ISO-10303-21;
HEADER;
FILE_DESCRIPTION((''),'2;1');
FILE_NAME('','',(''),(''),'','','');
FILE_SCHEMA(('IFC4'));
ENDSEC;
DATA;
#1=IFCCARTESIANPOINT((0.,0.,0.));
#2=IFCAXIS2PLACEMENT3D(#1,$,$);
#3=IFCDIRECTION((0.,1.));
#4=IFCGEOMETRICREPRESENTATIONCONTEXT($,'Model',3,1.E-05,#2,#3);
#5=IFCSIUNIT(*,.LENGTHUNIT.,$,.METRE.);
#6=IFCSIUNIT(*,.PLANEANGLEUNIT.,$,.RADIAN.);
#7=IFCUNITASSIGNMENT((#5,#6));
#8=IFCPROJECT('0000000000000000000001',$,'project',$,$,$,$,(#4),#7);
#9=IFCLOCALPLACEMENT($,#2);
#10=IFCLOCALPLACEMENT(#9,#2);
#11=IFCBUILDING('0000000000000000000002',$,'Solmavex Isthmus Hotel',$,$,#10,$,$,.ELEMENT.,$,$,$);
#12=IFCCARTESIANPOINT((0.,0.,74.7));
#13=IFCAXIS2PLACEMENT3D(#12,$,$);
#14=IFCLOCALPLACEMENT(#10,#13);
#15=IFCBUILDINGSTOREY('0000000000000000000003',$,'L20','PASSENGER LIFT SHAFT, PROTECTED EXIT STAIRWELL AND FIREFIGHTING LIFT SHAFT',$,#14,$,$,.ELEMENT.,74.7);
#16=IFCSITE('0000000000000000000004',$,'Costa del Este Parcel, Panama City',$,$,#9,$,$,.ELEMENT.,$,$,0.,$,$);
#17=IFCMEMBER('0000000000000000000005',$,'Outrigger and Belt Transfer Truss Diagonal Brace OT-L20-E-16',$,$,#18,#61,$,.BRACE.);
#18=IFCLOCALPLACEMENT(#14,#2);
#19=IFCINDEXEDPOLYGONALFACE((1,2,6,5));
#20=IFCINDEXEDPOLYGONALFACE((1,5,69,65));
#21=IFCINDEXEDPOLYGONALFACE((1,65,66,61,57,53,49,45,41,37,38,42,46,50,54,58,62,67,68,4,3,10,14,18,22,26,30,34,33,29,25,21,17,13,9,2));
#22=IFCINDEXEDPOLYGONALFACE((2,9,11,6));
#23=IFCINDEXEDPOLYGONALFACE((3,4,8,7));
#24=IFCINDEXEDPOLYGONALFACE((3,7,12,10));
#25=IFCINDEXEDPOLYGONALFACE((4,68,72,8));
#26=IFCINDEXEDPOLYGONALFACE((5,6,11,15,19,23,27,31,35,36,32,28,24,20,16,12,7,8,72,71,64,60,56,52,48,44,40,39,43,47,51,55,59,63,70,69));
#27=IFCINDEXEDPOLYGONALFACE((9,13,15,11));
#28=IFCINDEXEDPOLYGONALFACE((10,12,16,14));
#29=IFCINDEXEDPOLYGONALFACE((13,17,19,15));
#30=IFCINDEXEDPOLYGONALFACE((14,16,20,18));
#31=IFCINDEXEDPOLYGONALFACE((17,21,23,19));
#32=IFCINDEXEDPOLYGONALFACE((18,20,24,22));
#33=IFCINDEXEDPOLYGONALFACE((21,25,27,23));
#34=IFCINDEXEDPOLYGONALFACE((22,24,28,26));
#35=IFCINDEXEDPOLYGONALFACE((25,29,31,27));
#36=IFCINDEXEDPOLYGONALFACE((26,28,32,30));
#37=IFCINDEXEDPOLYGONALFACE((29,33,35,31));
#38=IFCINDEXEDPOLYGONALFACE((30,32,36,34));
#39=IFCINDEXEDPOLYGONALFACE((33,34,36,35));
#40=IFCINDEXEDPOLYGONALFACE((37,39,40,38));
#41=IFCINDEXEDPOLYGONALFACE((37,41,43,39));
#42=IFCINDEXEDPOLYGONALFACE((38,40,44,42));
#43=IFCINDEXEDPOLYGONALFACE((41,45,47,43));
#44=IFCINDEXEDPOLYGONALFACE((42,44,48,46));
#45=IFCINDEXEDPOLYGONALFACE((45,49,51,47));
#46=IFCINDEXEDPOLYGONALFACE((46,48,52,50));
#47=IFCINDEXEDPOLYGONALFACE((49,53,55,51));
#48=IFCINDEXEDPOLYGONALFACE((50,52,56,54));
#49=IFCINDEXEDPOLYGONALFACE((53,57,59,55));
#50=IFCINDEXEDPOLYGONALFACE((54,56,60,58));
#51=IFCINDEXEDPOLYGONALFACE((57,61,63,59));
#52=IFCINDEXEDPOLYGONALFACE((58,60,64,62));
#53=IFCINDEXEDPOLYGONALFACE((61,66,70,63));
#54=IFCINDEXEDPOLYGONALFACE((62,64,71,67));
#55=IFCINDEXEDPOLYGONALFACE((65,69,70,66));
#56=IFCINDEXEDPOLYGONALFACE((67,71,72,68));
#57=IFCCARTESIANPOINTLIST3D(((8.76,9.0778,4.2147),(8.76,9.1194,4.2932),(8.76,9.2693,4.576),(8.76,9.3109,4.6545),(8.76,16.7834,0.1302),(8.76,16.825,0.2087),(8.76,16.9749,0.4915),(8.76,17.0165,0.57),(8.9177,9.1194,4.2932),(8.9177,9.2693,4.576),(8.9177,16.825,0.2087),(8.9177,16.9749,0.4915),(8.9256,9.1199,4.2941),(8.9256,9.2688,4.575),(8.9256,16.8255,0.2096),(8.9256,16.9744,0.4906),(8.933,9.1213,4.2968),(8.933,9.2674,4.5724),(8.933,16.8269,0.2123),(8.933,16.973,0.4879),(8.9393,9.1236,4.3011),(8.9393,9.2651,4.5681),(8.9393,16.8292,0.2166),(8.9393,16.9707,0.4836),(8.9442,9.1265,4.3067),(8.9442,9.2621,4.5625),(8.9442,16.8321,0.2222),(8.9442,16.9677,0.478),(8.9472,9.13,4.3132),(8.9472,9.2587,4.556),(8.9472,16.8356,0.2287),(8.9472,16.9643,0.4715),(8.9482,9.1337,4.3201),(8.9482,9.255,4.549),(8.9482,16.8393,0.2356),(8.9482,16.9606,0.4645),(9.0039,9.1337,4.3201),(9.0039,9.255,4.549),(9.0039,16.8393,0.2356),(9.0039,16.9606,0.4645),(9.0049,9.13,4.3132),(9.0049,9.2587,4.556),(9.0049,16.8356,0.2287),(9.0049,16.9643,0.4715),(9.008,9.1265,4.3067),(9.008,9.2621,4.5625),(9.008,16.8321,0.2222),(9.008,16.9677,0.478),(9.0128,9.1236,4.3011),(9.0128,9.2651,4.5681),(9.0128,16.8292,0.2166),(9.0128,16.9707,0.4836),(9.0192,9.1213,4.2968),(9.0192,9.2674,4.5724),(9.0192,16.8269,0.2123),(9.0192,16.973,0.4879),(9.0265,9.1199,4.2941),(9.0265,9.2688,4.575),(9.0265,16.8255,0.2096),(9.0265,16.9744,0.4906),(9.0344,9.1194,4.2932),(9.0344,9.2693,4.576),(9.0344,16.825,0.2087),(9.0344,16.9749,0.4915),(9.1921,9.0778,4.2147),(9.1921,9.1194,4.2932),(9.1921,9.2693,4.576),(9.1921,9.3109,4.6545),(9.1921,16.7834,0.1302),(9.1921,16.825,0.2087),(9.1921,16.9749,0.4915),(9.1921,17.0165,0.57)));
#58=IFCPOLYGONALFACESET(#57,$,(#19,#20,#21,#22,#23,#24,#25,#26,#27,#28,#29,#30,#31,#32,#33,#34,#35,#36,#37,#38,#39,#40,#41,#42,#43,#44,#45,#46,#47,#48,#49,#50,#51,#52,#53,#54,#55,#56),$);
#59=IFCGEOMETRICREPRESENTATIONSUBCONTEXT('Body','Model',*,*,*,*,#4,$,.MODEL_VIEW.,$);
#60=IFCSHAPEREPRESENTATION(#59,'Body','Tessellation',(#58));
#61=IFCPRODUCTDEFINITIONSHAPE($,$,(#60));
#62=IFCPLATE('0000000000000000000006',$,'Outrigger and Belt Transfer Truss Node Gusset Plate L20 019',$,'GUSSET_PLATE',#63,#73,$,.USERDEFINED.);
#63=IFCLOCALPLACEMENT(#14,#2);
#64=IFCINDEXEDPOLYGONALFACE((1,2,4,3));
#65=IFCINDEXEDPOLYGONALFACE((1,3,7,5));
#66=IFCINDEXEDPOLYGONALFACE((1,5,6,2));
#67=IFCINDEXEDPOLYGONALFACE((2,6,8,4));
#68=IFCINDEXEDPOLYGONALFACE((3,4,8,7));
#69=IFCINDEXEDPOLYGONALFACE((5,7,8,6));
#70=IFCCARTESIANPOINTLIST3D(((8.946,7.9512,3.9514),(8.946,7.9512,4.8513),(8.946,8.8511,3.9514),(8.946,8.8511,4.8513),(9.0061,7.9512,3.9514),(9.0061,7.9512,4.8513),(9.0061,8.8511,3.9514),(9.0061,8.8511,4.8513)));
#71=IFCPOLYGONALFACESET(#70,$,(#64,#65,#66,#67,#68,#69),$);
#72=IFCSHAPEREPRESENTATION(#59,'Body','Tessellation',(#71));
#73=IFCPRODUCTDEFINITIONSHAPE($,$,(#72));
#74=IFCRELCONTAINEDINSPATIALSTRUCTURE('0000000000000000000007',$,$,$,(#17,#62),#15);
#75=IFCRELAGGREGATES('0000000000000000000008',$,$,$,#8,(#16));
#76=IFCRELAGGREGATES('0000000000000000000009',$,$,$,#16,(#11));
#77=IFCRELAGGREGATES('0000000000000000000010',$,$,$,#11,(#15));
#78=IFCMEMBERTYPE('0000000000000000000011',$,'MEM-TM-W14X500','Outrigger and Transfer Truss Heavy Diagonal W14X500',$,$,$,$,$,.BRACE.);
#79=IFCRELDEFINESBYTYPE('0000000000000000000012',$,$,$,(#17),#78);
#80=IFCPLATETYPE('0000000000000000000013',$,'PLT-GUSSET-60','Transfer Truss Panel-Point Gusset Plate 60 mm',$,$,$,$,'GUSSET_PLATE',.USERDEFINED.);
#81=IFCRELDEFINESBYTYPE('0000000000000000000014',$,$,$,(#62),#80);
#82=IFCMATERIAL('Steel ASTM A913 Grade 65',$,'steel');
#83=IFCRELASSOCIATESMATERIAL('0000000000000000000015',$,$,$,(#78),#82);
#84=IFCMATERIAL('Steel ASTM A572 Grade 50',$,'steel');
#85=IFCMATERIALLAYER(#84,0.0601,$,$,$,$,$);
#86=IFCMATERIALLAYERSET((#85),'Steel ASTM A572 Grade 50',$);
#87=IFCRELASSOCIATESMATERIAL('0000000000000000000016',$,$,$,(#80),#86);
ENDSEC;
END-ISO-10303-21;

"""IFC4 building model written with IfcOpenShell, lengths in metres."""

from ifc_helpers import new_model, si_unit, direction, frame, origin, origin_2d, place, context, subcontext, project, spatial, rectangle, i_section, extrude, material, layer, layer_set, material_profile, profile_set, type_object, element, save


model = new_model("IFC4")

# Units and contexts
model_context = context("Model", 3, precision=1e-05, world=origin(), true_north=direction((0.0, 1.0)))
body_context = subcontext(model_context, "Body", "Model", "MODEL_VIEW")
ifc_project = project(units=[si_unit("LENGTHUNIT", "METRE"), si_unit("PLANEANGLEUNIT", "RADIAN")], contexts=[model_context])

# Site, building, storey
site_placement = place(None, origin())
site = spatial("IfcSite", under=ifc_project, at=site_placement, Name="Costa del Este Parcel, Panama City", CompositionType="ELEMENT", RefElevation=0.0)
building_placement = place(site_placement, origin())
building = spatial("IfcBuilding", under=site, at=building_placement, Name="Solmavex Isthmus Hotel", CompositionType="ELEMENT")
storey_placement = place(building_placement, frame((0.0, 0.0, 74.7)))
storey = spatial("IfcBuildingStorey", under=building, at=storey_placement, Name="L20", Description="PASSENGER LIFT SHAFT, PROTECTED EXIT STAIRWELL AND FIREFIGHTING LIFT SHAFT", CompositionType="ELEMENT", Elevation=74.7)

# Shared definitions
ifc_material_1 = material(Name="Steel ASTM A913 Grade 65", Category="steel")

# Member
ifc_material_profile_1 = material_profile(ifc_material_1, i_section(OverallWidth=0.4321, OverallDepth=0.4978, WebThickness=0.0557, FlangeThickness=0.0889, FilletRadius=0.0305, at=origin_2d()), Name="W14X500")
ifc_profile_set_1 = profile_set([ifc_material_profile_1], Name="Steel ASTM A913 Grade 65")
member_type_1 = type_object("IfcMemberType", Name="MEM-TM-W14X500", Description="Outrigger and Transfer Truss Heavy Diagonal W14X500", PredefinedType="BRACE", material=ifc_profile_set_1)
member_1_placement = place(storey_placement, frame((8.9761, 9.1943, 4.4346), z_axis=(0.0, 0.883548, -0.46834), x_axis=(-1.0, 0.0, 0.0)))
element("IfcMember", 1, at=member_1_placement, inside=storey, type_object=member_type_1, Name="Outrigger and Belt Transfer Truss Diagonal Brace OT-L20-E-16", PredefinedType="BRACE", context=body_context, shape_type="SweptSolid", body=[
    extrude(i_section(OverallWidth=0.4321, OverallDepth=0.4978, WebThickness=0.0557, FlangeThickness=0.0889, FilletRadius=0.0305, at=origin_2d()), origin(), (0.0, 0.0, 1.0), 8.7212),
])

# Plate
ifc_material_2 = material(Name="Steel ASTM A572 Grade 50", Category="steel")
ifc_layer = layer(ifc_material_2, 0.0601)
ifc_layer_set = layer_set([ifc_layer], Name="Steel ASTM A572 Grade 50")
plate_type = type_object("IfcPlateType", Name="PLT-GUSSET-60", Description="Transfer Truss Panel-Point Gusset Plate 60 mm", ElementType="GUSSET_PLATE", PredefinedType="USERDEFINED", material=ifc_layer_set)
plate_placement = place(storey_placement, frame((8.9761, 8.4011, 3.9514), z_axis=(0.0, 0.0, 1.0), x_axis=(0.0, 1.0, 0.0)))
element("IfcPlate", 2, at=plate_placement, inside=storey, type_object=plate_type, Name="Outrigger and Belt Transfer Truss Node Gusset Plate L20 019", ObjectType="GUSSET_PLATE", PredefinedType="USERDEFINED", context=body_context, shape_type="SweptSolid", body=[
    extrude(rectangle(XDim=0.8999, YDim=0.0601, at=origin_2d()), origin(), (0.0, 0.0, 1.0), 0.8999),
])

save(model, "model.ifc")
